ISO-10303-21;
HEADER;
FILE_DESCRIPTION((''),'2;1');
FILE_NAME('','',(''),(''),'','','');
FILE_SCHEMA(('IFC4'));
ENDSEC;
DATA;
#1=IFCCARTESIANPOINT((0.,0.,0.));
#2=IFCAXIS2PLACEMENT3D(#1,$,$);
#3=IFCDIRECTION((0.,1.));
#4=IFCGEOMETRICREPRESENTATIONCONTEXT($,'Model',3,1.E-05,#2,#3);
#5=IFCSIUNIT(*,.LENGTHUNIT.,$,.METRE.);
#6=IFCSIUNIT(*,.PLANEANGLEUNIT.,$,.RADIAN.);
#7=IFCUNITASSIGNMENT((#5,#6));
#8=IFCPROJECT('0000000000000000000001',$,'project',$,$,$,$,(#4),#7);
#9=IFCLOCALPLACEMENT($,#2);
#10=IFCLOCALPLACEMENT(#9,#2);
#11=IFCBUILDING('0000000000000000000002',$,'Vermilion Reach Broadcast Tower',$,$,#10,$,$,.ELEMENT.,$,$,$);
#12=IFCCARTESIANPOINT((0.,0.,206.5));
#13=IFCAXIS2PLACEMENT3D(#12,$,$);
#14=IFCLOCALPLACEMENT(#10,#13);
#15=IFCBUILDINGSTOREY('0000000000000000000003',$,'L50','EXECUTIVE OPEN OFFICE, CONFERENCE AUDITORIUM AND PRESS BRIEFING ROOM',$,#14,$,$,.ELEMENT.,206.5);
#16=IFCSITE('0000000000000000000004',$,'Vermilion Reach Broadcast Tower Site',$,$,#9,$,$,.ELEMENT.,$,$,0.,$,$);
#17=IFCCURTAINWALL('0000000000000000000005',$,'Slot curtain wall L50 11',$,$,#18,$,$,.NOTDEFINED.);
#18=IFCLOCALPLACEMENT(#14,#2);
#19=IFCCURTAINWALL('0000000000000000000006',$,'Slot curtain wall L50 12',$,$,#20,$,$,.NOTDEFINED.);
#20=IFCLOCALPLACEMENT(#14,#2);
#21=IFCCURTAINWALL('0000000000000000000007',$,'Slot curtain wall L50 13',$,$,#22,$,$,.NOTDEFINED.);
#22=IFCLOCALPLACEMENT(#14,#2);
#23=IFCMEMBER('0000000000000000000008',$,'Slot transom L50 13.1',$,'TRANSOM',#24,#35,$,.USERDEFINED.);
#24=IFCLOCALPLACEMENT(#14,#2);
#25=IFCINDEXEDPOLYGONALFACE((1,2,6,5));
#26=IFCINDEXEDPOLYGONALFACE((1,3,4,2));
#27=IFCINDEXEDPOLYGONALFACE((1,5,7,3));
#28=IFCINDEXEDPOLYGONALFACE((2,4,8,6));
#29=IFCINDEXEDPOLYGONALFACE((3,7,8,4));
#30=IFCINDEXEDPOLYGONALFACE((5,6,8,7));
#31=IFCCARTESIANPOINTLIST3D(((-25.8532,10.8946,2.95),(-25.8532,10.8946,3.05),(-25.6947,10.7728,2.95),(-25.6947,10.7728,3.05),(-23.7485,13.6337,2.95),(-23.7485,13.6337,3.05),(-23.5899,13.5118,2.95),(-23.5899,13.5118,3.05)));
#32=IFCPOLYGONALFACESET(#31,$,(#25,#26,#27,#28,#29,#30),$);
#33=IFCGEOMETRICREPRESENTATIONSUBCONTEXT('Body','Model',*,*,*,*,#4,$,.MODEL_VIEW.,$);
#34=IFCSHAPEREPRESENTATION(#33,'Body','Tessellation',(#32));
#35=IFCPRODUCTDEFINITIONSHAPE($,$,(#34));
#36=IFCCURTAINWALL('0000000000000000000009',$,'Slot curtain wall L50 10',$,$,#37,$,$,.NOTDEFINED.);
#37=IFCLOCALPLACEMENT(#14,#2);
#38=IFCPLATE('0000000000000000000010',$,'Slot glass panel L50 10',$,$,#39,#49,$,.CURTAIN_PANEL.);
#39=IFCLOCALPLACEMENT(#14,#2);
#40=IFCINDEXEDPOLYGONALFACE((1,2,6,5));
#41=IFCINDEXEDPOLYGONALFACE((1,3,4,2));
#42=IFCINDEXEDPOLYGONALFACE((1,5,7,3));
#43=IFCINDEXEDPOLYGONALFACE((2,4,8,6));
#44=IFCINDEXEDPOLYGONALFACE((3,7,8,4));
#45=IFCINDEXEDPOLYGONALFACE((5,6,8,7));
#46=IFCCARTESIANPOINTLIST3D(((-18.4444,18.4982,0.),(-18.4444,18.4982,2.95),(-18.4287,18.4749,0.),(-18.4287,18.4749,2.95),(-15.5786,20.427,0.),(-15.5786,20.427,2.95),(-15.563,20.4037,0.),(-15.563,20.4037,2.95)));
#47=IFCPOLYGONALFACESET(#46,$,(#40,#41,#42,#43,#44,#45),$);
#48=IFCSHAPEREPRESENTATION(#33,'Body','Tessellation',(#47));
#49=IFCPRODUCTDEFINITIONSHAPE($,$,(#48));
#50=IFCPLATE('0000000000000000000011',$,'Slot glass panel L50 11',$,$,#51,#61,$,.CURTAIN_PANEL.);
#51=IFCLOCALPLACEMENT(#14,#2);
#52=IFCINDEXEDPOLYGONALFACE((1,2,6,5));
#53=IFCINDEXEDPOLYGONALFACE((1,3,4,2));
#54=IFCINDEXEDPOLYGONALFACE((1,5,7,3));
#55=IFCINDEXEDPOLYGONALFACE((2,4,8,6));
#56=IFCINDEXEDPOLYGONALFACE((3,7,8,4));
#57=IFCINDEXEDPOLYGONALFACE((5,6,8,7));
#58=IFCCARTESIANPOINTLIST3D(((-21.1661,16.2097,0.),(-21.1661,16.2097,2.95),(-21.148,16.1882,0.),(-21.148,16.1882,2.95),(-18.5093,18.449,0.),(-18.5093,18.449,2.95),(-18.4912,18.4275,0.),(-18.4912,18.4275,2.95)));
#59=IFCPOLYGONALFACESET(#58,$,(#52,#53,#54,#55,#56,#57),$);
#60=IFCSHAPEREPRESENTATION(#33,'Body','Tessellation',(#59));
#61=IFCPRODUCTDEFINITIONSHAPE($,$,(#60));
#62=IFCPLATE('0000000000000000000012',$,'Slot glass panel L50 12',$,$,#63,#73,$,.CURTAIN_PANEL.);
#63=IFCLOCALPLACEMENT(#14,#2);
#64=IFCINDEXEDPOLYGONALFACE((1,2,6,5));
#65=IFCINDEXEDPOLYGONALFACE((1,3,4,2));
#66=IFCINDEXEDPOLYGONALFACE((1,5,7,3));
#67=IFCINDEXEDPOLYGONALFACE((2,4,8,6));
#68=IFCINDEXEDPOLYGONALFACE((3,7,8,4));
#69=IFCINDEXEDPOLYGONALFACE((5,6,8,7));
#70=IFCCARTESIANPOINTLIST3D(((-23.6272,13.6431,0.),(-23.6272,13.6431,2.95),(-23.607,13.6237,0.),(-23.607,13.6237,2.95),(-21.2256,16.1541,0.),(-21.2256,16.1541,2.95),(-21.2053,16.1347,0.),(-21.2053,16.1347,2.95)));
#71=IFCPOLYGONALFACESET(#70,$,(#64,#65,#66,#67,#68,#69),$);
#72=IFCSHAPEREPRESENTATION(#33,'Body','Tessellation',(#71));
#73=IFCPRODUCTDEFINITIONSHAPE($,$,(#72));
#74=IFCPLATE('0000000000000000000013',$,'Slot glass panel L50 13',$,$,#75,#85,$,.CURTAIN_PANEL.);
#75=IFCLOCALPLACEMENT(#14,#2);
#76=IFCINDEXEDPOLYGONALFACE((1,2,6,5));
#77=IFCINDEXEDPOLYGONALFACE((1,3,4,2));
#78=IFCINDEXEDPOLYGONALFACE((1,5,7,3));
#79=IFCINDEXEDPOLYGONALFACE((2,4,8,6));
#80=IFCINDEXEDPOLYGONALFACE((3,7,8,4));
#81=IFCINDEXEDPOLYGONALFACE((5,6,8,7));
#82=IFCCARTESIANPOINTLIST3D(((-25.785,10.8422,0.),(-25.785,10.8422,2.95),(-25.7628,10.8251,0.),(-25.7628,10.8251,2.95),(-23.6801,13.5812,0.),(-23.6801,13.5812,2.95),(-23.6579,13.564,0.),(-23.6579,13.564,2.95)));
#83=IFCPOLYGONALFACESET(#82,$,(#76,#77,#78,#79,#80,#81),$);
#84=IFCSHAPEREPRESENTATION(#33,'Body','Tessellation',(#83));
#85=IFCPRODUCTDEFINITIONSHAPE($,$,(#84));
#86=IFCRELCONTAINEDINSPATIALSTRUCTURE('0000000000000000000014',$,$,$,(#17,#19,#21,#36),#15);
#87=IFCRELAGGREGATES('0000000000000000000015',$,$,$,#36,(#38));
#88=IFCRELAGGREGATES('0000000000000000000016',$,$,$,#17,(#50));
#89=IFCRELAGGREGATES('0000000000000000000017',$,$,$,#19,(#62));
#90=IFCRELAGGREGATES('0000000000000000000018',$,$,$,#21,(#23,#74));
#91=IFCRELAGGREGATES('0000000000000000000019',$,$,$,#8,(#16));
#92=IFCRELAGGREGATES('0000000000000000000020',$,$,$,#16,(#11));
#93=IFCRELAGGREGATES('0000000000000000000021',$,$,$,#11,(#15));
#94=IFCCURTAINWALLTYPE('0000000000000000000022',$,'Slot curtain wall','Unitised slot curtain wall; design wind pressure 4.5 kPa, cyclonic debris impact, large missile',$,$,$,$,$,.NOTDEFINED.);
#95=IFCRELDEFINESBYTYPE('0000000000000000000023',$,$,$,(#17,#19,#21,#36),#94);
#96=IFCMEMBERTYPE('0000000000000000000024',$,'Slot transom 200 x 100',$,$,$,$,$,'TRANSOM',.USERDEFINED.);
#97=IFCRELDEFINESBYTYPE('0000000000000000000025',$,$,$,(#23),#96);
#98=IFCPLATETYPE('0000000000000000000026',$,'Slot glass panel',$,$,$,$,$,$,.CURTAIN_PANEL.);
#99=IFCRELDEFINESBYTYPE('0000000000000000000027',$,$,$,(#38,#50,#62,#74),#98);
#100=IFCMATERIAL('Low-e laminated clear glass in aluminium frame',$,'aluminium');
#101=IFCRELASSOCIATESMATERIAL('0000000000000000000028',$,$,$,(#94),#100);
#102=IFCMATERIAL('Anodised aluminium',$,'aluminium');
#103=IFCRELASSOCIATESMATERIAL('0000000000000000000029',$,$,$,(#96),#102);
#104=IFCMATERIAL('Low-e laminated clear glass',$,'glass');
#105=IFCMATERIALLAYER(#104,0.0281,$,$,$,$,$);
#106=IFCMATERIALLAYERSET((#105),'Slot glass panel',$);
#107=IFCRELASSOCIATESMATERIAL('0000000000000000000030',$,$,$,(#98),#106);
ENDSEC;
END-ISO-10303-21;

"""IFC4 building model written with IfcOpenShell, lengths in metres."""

from ifc_helpers import new_model, si_unit, direction, frame, origin, origin_2d, place, context, subcontext, project, spatial, rectangle, extrude, material, layer, layer_set, material_profile, profile_set, type_object, element, aggregate, save


model = new_model("IFC4")

# Units and contexts
model_context = context("Model", 3, precision=1e-05, world=origin(), true_north=direction((0.0, 1.0)))
body_context = subcontext(model_context, "Body", "Model", "MODEL_VIEW")
ifc_project = project(units=[si_unit("LENGTHUNIT", "METRE"), si_unit("PLANEANGLEUNIT", "RADIAN")], contexts=[model_context])

# Site, building, storey
site_placement = place(None, origin())
site = spatial("IfcSite", under=ifc_project, at=site_placement, Name="Vermilion Reach Broadcast Tower Site", CompositionType="ELEMENT", RefElevation=0.0)
building_placement = place(site_placement, origin())
building = spatial("IfcBuilding", under=site, at=building_placement, Name="Vermilion Reach Broadcast Tower", CompositionType="ELEMENT")
storey_placement = place(building_placement, frame((0.0, 0.0, 206.5)))
storey = spatial("IfcBuildingStorey", under=building, at=storey_placement, Name="L50", Description="EXECUTIVE OPEN OFFICE, CONFERENCE AUDITORIUM AND PRESS BRIEFING ROOM", CompositionType="ELEMENT", Elevation=206.5)

# Curtain walls
ifc_material_1 = material(Name="Low-e laminated clear glass in aluminium frame", Category="aluminium")
curtain_wall_type = type_object("IfcCurtainWallType", Name="Slot curtain wall", Description="Unitised slot curtain wall; design wind pressure 4.5 kPa, cyclonic debris impact, large missile", PredefinedType="NOTDEFINED", material=ifc_material_1)
placement = place(storey_placement, origin())
curtain_wall_1 = element("IfcCurtainWall", 1, at=placement, inside=storey, type_object=curtain_wall_type, Name="Slot curtain wall L50 11", PredefinedType="NOTDEFINED")
curtain_wall_2 = element("IfcCurtainWall", 2, at=placement, inside=storey, type_object=curtain_wall_type, Name="Slot curtain wall L50 12", PredefinedType="NOTDEFINED")
curtain_wall_3 = element("IfcCurtainWall", 3, at=placement, inside=storey, type_object=curtain_wall_type, Name="Slot curtain wall L50 13", PredefinedType="NOTDEFINED")

# Member
ifc_material_2 = material(Name="Anodised aluminium", Category="aluminium")
ifc_material_profile_1 = material_profile(ifc_material_2, rectangle(XDim=0.2, YDim=0.1001, at=origin_2d()), Name="Slot transom 200 x 100")
ifc_profile_set_1 = profile_set([ifc_material_profile_1], Name="Anodised aluminium")
member_type_1 = type_object("IfcMemberType", Name="Slot transom 200 x 100", ElementType="TRANSOM", PredefinedType="USERDEFINED", material=ifc_profile_set_1)
member_1_placement = place(storey_placement, frame((-23.6692, 13.5728, 3.0), z_axis=(-0.609311, -0.792931, 0.0), x_axis=(0.792931, -0.609311, 0.0)))
member_1 = element("IfcMember", 4, at=member_1_placement, type_object=member_type_1, Name="Slot transom L50 13.1", ObjectType="TRANSOM", PredefinedType="USERDEFINED", context=body_context, shape_type="SweptSolid", body=[
    extrude(rectangle(XDim=0.2, YDim=0.1001, at=origin_2d()), origin(), (0.0, 0.0, 1.0), 3.4543),
])

# Curtain wall, plate
curtain_wall_4 = element("IfcCurtainWall", 5, at=placement, inside=storey, type_object=curtain_wall_type, Name="Slot curtain wall L50 10", PredefinedType="NOTDEFINED")
ifc_material_3 = material(Name="Low-e laminated clear glass", Category="glass")
ifc_layer = layer(ifc_material_3, 0.0281)
ifc_layer_set = layer_set([ifc_layer], Name="Slot glass panel")
plate_type = type_object("IfcPlateType", Name="Slot glass panel", PredefinedType="CURTAIN_PANEL", material=ifc_layer_set)
plate_1_placement = place(storey_placement, frame((-17.0037, 19.4509, 0.0), z_axis=(0.0, 0.0, 1.0), x_axis=(-0.829599, -0.55836, 0.0)))
plate_1 = element("IfcPlate", 6, at=plate_1_placement, type_object=plate_type, Name="Slot glass panel L50 10", PredefinedType="CURTAIN_PANEL", context=body_context, shape_type="SweptSolid", body=[
    extrude(rectangle(XDim=3.4543, YDim=0.0281, at=origin_2d()), origin(), (0.0, 0.0, 1.0), 2.95),
])
aggregate(curtain_wall_4, [plate_1])

# Plates
plate_2_placement = place(storey_placement, frame((-19.8286, 17.3186, 0.0), z_axis=(0.0, 0.0, 1.0), x_axis=(-0.764633, -0.644466, 0.0)))
plate_2 = element("IfcPlate", 7, at=plate_2_placement, type_object=plate_type, Name="Slot glass panel L50 11", PredefinedType="CURTAIN_PANEL", context=body_context, shape_type="SweptSolid", body=[
    extrude(rectangle(XDim=3.4746, YDim=0.0281, at=origin_2d()), origin(), (0.0, 0.0, 1.0), 2.95),
])
aggregate(curtain_wall_1, [plate_2])
plate_3_placement = place(storey_placement, frame((-22.4163, 14.8889, 0.0), z_axis=(0.0, 0.0, 1.0), x_axis=(-0.691206, -0.722657, 0.0)))
plate_3 = element("IfcPlate", 8, at=plate_3_placement, type_object=plate_type, Name="Slot glass panel L50 12", PredefinedType="CURTAIN_PANEL", context=body_context, shape_type="SweptSolid", body=[
    extrude(rectangle(XDim=3.4746, YDim=0.0281, at=origin_2d()), origin(), (0.0, 0.0, 1.0), 2.95),
])
aggregate(curtain_wall_2, [plate_3])
plate_4_placement = place(storey_placement, frame((-24.7214, 12.2031, 0.0), z_axis=(0.0, 0.0, 1.0), x_axis=(-0.609349, -0.792902, 0.0)))
plate_4 = element("IfcPlate", 9, at=plate_4_placement, type_object=plate_type, Name="Slot glass panel L50 13", PredefinedType="CURTAIN_PANEL", context=body_context, shape_type="SweptSolid", body=[
    extrude(rectangle(XDim=3.4543, YDim=0.0281, at=origin_2d()), origin(), (0.0, 0.0, 1.0), 2.95),
])
aggregate(curtain_wall_3, [member_1, plate_4])

save(model, "model.ifc")
